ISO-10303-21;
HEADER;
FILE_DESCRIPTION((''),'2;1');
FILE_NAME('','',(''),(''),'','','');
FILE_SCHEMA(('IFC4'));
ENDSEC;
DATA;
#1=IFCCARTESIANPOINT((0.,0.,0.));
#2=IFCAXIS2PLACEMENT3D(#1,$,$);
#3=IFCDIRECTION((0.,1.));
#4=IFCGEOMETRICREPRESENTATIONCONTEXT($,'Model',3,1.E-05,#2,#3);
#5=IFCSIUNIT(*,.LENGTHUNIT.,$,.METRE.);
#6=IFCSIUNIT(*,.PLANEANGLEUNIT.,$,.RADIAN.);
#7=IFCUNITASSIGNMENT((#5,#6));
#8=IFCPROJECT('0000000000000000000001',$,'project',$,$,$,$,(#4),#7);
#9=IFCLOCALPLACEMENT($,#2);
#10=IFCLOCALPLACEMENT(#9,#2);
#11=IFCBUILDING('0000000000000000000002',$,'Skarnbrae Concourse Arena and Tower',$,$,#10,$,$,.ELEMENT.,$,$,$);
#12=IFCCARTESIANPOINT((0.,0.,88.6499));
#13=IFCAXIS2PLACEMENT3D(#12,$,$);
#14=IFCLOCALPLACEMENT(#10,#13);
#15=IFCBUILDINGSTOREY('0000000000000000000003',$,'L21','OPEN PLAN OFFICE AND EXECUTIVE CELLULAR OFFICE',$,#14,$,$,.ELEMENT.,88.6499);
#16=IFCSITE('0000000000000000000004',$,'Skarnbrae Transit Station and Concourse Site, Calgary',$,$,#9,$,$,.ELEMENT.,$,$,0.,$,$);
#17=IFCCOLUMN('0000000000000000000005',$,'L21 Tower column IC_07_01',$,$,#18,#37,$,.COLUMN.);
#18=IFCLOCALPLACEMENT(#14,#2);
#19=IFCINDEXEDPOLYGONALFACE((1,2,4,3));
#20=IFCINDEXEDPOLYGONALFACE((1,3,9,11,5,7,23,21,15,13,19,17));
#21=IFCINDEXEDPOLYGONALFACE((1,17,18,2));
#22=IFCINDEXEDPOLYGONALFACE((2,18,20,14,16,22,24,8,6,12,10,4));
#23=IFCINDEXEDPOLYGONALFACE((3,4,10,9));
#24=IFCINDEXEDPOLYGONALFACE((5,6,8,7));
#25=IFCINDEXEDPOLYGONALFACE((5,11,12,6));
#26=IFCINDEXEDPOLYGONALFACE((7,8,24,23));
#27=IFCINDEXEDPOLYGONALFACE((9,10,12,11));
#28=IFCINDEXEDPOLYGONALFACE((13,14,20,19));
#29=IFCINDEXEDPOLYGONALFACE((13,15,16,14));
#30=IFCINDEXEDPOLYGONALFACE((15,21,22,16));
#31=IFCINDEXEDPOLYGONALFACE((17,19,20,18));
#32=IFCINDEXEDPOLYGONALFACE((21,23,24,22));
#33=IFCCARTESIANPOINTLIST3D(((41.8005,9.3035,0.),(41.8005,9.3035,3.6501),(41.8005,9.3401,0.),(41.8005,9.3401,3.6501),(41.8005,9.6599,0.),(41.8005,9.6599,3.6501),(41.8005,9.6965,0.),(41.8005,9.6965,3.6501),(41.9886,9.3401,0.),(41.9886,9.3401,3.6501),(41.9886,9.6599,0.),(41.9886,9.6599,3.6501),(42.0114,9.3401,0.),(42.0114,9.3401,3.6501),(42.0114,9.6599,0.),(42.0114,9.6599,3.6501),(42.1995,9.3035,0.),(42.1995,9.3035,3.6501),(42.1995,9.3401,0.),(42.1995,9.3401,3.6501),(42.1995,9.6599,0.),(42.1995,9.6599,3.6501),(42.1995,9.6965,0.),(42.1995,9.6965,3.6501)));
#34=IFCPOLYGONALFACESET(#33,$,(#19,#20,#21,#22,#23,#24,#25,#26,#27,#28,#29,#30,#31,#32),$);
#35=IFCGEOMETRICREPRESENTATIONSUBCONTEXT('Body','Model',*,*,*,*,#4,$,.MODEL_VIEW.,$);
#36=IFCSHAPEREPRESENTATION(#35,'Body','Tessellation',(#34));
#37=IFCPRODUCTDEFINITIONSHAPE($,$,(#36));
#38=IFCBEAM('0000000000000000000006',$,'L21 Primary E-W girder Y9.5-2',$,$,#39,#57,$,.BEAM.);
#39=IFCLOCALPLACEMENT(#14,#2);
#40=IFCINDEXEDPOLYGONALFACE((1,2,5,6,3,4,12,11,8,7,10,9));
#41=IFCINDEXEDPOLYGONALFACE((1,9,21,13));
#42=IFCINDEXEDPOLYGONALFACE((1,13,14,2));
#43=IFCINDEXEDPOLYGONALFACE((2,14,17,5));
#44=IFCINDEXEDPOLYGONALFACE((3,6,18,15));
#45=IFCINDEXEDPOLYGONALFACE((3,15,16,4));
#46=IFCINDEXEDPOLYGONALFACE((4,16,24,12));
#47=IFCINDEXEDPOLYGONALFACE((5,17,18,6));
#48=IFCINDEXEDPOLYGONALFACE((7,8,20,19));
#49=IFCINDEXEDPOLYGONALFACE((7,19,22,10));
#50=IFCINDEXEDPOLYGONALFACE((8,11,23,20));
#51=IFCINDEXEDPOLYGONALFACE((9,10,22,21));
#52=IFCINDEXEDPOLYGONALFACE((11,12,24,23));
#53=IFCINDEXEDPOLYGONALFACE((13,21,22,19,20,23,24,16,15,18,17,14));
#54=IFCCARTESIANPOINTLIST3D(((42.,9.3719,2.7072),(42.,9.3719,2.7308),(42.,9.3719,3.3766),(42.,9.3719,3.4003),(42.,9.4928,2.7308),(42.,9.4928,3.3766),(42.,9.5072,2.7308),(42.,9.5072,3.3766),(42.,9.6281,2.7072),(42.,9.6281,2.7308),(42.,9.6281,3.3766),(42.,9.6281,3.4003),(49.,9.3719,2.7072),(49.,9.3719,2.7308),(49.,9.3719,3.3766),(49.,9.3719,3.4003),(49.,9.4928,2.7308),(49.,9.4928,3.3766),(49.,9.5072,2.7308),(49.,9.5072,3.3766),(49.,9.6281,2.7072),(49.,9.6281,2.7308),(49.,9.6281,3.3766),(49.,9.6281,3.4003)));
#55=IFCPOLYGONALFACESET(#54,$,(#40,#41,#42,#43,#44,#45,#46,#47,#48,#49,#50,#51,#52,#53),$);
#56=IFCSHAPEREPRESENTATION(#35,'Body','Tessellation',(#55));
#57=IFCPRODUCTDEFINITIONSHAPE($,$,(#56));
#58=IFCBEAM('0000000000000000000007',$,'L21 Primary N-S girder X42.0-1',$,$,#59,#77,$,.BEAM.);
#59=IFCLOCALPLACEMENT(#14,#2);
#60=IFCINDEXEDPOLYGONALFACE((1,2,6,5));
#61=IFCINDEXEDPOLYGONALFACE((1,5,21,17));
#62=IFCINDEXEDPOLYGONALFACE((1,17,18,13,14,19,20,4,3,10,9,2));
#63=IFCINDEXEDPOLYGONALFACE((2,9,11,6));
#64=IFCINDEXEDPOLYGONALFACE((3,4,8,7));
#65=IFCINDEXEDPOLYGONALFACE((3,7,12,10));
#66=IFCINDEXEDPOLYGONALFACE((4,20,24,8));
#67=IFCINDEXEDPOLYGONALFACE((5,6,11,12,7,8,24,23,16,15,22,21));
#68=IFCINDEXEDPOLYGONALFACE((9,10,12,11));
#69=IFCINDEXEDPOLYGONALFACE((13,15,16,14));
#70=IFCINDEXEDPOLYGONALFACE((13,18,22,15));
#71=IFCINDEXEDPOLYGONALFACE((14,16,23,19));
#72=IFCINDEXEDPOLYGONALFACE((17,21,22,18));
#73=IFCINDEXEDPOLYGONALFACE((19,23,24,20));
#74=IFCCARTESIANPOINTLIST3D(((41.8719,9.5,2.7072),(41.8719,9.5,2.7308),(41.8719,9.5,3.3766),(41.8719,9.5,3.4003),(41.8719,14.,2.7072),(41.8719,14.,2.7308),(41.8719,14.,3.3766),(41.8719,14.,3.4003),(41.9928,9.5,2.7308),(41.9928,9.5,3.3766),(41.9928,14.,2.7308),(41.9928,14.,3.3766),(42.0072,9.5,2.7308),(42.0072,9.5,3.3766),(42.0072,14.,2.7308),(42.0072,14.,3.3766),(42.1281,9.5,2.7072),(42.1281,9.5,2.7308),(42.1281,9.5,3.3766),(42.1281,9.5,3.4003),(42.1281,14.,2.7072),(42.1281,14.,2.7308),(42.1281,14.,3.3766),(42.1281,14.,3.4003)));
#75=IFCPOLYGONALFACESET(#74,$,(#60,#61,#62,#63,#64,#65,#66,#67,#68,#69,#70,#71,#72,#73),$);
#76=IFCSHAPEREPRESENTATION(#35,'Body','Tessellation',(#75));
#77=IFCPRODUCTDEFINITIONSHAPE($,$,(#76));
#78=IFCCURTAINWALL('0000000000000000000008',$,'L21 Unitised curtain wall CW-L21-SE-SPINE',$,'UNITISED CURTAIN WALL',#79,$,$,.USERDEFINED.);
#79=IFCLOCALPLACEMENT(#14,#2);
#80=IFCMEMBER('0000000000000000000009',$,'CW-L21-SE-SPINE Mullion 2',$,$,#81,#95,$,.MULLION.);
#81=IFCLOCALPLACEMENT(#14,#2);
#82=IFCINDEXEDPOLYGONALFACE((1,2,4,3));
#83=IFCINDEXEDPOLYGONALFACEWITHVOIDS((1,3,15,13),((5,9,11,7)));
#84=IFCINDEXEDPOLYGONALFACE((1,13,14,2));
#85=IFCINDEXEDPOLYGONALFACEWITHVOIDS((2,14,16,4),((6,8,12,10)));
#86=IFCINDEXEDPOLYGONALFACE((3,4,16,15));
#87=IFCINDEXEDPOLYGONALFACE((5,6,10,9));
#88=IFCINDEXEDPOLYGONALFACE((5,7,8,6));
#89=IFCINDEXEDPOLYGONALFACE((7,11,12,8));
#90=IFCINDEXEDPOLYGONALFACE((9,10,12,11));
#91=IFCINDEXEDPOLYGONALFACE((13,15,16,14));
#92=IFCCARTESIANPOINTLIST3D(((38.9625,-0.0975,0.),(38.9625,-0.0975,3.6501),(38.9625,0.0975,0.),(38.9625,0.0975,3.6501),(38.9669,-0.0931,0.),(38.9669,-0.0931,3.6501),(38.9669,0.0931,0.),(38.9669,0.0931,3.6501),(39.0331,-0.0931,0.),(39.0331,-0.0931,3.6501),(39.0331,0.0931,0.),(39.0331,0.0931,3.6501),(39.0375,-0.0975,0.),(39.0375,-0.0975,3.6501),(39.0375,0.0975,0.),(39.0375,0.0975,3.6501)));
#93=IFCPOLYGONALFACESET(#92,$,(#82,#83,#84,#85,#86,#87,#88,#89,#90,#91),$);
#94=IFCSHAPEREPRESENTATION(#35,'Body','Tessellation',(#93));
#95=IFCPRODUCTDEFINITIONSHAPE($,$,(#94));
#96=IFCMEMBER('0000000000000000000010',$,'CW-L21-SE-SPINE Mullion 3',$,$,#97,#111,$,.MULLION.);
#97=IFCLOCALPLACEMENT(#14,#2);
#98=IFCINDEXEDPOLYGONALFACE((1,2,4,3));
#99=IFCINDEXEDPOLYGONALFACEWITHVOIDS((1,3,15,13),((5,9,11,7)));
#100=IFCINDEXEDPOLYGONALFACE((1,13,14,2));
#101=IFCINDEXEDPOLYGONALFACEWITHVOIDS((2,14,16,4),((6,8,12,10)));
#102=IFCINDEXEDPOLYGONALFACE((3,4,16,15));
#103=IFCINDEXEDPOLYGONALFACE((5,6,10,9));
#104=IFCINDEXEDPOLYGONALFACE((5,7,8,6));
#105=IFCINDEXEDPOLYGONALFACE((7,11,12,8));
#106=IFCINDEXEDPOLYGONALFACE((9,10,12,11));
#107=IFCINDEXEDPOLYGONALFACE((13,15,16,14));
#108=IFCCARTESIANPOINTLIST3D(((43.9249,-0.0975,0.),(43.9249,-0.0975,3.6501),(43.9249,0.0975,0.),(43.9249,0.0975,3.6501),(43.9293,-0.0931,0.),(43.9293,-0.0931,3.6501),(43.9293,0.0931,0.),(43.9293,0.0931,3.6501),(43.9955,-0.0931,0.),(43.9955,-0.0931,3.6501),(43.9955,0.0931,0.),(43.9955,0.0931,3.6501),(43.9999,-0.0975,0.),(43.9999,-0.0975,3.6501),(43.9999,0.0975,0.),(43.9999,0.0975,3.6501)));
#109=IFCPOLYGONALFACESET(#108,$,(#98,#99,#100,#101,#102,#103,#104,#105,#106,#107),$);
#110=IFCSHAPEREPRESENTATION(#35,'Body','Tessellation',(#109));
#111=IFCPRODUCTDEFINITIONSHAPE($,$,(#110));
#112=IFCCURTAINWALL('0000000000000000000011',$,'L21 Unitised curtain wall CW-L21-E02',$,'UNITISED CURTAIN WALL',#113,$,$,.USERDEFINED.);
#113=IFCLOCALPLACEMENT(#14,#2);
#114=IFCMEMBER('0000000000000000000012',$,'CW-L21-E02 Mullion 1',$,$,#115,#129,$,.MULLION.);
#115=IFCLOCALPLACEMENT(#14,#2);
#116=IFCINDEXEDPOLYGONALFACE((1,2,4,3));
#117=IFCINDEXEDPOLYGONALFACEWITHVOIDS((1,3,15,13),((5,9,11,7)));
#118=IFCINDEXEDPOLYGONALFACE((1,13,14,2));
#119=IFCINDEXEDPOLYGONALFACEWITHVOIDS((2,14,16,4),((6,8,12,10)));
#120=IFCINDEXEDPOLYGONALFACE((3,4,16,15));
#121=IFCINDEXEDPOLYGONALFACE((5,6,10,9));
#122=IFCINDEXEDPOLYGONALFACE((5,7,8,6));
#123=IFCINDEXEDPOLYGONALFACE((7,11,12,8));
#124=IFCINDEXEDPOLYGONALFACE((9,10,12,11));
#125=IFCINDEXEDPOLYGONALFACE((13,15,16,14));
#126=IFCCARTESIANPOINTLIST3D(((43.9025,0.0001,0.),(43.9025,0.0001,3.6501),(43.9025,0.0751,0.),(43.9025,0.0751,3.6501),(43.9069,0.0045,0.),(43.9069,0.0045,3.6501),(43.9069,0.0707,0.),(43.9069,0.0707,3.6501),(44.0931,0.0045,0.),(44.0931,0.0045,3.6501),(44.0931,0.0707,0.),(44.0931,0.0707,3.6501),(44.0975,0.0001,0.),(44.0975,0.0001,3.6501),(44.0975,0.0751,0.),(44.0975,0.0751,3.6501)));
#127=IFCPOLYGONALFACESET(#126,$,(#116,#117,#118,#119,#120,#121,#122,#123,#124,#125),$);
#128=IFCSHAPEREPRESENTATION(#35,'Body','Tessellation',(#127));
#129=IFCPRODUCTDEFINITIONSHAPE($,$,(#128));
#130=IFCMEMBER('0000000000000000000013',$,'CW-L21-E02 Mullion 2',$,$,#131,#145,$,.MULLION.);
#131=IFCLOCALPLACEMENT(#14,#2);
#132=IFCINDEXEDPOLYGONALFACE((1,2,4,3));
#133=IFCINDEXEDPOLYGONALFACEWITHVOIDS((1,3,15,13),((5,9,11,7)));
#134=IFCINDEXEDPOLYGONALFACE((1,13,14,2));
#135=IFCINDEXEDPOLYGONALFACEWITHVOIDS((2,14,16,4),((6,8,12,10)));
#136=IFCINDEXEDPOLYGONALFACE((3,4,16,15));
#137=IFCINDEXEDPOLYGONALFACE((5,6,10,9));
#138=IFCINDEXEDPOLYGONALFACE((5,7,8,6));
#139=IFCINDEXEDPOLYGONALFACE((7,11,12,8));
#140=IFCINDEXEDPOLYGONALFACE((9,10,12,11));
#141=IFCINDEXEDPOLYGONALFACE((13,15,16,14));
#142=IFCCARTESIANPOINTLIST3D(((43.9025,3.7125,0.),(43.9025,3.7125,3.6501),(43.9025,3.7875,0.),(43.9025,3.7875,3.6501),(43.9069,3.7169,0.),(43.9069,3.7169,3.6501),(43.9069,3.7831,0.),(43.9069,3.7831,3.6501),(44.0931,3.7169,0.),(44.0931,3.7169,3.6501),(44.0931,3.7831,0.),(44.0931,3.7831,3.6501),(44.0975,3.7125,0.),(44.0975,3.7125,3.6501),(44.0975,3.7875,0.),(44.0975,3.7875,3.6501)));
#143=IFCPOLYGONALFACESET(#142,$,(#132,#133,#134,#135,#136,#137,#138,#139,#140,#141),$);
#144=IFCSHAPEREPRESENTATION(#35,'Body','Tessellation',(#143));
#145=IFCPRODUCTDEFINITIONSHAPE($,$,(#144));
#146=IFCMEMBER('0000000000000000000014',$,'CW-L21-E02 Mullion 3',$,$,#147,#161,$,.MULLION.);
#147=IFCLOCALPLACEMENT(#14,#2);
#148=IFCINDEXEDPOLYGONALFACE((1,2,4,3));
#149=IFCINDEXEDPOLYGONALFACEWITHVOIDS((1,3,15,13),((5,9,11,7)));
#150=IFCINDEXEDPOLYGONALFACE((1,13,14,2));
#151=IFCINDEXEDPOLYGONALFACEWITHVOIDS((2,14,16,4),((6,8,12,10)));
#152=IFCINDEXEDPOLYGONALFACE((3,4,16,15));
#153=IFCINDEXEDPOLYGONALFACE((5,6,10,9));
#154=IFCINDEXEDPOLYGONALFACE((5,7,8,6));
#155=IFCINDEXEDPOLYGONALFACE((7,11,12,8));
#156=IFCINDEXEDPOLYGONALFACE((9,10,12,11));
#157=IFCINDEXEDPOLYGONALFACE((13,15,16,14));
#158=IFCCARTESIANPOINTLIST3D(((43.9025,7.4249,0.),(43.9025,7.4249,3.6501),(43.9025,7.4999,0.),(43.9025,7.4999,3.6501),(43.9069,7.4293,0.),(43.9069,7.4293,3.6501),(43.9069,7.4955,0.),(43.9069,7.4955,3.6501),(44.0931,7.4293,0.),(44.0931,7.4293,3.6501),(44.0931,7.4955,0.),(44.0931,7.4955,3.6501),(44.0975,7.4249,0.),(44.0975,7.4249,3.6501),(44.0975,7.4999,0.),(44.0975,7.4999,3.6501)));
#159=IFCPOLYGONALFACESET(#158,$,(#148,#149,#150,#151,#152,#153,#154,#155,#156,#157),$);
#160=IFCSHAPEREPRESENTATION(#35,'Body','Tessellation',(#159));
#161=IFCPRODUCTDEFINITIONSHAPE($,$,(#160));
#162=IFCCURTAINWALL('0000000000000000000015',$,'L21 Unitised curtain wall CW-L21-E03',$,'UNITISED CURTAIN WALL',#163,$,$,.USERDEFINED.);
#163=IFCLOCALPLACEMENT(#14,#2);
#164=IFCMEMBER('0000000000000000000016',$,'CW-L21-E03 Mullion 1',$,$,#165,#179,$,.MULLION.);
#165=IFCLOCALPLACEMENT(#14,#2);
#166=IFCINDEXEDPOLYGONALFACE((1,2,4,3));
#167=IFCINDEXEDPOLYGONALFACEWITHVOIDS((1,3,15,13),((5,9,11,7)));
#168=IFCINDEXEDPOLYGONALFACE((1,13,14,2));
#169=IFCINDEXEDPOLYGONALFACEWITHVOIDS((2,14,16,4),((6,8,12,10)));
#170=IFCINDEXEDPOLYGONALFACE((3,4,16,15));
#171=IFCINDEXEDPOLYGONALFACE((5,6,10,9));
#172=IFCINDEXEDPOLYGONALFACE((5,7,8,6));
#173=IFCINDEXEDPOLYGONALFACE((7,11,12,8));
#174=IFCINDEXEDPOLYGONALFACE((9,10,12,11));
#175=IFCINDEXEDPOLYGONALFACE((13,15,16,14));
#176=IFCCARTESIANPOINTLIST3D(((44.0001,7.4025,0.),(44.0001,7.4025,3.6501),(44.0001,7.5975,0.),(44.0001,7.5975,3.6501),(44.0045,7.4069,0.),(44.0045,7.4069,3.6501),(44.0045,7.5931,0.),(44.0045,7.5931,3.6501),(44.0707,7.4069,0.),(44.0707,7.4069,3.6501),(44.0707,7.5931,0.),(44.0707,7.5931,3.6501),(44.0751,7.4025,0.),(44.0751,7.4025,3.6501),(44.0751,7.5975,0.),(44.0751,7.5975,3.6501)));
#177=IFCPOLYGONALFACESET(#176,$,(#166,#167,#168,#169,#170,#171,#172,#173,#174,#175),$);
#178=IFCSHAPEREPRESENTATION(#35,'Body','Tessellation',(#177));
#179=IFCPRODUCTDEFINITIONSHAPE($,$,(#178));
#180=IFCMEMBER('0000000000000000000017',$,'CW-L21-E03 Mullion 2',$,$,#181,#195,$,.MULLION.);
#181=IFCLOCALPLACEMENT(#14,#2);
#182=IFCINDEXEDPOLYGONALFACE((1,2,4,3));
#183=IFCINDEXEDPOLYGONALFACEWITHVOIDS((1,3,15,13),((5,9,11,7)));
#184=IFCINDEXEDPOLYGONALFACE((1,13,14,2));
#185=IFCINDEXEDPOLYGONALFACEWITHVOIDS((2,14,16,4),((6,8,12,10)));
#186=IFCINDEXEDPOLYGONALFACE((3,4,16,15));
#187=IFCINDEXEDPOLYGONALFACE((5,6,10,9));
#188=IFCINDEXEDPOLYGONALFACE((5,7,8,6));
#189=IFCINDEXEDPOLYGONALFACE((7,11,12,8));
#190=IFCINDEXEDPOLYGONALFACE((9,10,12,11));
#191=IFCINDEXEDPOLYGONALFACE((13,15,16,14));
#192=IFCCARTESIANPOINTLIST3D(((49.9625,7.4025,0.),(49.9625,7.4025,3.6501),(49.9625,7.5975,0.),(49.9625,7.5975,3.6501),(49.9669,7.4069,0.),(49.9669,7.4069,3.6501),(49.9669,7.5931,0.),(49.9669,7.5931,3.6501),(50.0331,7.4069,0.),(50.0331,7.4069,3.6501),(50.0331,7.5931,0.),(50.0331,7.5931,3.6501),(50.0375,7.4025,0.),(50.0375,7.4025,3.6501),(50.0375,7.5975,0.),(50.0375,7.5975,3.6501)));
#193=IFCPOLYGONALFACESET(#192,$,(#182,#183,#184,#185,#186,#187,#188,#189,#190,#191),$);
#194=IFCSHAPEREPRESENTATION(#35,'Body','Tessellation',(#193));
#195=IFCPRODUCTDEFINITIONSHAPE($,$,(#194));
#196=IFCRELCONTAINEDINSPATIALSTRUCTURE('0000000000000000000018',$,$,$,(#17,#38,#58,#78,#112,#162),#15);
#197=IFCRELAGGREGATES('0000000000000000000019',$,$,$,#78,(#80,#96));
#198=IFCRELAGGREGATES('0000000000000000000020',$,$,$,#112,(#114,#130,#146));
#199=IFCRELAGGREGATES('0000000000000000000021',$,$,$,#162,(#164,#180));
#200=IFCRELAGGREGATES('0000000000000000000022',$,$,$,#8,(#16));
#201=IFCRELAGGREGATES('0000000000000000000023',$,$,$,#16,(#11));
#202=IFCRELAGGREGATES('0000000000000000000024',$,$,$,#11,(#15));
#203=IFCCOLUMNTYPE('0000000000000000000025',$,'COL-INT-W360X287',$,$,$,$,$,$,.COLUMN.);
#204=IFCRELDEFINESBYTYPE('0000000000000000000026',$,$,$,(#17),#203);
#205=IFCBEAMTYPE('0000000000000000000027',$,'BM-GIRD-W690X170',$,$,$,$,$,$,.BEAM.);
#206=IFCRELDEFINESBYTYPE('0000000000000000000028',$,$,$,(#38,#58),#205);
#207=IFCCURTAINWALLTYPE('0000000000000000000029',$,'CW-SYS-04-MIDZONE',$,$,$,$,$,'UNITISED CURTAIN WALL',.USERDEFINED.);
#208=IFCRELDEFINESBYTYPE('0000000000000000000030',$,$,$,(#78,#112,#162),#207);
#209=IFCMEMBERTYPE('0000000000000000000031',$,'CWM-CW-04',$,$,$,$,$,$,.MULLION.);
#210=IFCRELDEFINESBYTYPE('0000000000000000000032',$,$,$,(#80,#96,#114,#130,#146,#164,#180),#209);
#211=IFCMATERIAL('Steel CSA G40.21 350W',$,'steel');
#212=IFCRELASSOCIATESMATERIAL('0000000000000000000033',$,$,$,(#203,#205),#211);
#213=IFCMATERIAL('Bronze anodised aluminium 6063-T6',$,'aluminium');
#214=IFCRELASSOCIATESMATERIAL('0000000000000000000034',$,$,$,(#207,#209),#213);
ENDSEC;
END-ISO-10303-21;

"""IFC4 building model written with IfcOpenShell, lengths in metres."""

from ifc_helpers import new_model, si_unit, direction, frame, origin, origin_2d, place, context, subcontext, project, spatial, hollow_rectangle, i_section, extrude, source, transform, mapped, material, material_profile, profile_set, type_object, element, aggregate, save


model = new_model("IFC4")

# Units and contexts
model_context = context("Model", 3, precision=1e-05, world=origin(), true_north=direction((0.0, 1.0)))
body_context = subcontext(model_context, "Body", "Model", "MODEL_VIEW")
ifc_project = project(units=[si_unit("LENGTHUNIT", "METRE"), si_unit("PLANEANGLEUNIT", "RADIAN")], contexts=[model_context])

# Site, building, storey
site_placement = place(None, origin())
site = spatial("IfcSite", under=ifc_project, at=site_placement, Name="Skarnbrae Transit Station and Concourse Site, Calgary", CompositionType="ELEMENT", RefElevation=0.0)
building_placement = place(site_placement, origin())
building = spatial("IfcBuilding", under=site, at=building_placement, Name="Skarnbrae Concourse Arena and Tower", CompositionType="ELEMENT")
storey_placement = place(building_placement, frame((0.0, 0.0, 88.6499)))
storey = spatial("IfcBuildingStorey", under=building, at=storey_placement, Name="L21", Description="OPEN PLAN OFFICE AND EXECUTIVE CELLULAR OFFICE", CompositionType="ELEMENT", Elevation=88.6499)

# Column
ifc_material_1 = material(Name="Steel CSA G40.21 350W", Category="steel")
ifc_material_profile_1 = material_profile(ifc_material_1, i_section(OverallWidth=0.3989, OverallDepth=0.3931, WebThickness=0.0227, FlangeThickness=0.0366, at=origin_2d()), Name="W360X287")
ifc_profile_set_1 = profile_set([ifc_material_profile_1], Name="Steel CSA G40.21 350W")
column_type = type_object("IfcColumnType", Name="COL-INT-W360X287", PredefinedType="COLUMN", material=ifc_profile_set_1)
shared_shape_1 = source(origin(), body_context, "Body", "SweptSolid", [
    extrude(i_section(OverallWidth=0.3989, OverallDepth=0.3931, WebThickness=0.0227, FlangeThickness=0.0366, at=origin_2d()), origin(), (0.0, 0.0, 1.0), 3.6501),
])
column_placement = place(storey_placement, frame((42.0, 9.5, 0.0), z_axis=(0.0, 0.0, 1.0), x_axis=(1.0, 0.0, 0.0)))
element("IfcColumn", 1, at=column_placement, inside=storey, type_object=column_type, Name="L21 Tower column IC_07_01", PredefinedType="COLUMN", context=body_context, shape_type="MappedRepresentation", body=[
    mapped(shared_shape_1, transform((0.0, 0.0, 0.0))),
])

# Beams
ifc_material_profile_2 = material_profile(ifc_material_1, i_section(OverallWidth=0.2561, OverallDepth=0.6931, WebThickness=0.0144, FlangeThickness=0.0237, at=origin_2d()), Name="W690X170")
ifc_profile_set_2 = profile_set([ifc_material_profile_2], Name="Steel CSA G40.21 350W")
beam_type = type_object("IfcBeamType", Name="BM-GIRD-W690X170", PredefinedType="BEAM", material=ifc_profile_set_2)
shared_shape_2 = source(origin(), body_context, "Body", "SweptSolid", [
    extrude(i_section(OverallWidth=0.2561, OverallDepth=0.6931, WebThickness=0.0144, FlangeThickness=0.0237, at=origin_2d()), origin(), (0.0, 0.0, 1.0), 7.0),
])
beam_1_placement = place(storey_placement, frame((42.0, 9.5, 3.0537), z_axis=(1.0, 0.0, 0.0), x_axis=(0.0, 1.0, 0.0)))
element("IfcBeam", 2, at=beam_1_placement, inside=storey, type_object=beam_type, Name="L21 Primary E-W girder Y9.5-2", PredefinedType="BEAM", context=body_context, shape_type="MappedRepresentation", body=[
    mapped(shared_shape_2, transform((0.0, 0.0, 0.0))),
])
shared_shape_3 = source(origin(), body_context, "Body", "SweptSolid", [
    extrude(i_section(OverallWidth=0.2561, OverallDepth=0.6931, WebThickness=0.0144, FlangeThickness=0.0237, at=origin_2d()), origin(), (0.0, 0.0, 1.0), 4.5),
])
beam_2_placement = place(storey_placement, frame((42.0, 9.5, 3.0537), z_axis=(0.0, 1.0, 0.0), x_axis=(-1.0, 0.0, 0.0)))
element("IfcBeam", 3, at=beam_2_placement, inside=storey, type_object=beam_type, Name="L21 Primary N-S girder X42.0-1", PredefinedType="BEAM", context=body_context, shape_type="MappedRepresentation", body=[
    mapped(shared_shape_3, transform((0.0, 0.0, 0.0))),
])

# Curtain walls, members
ifc_material_2 = material(Name="Bronze anodised aluminium 6063-T6", Category="aluminium")
curtain_wall_type = type_object("IfcCurtainWallType", Name="CW-SYS-04-MIDZONE", ElementType="UNITISED CURTAIN WALL", PredefinedType="USERDEFINED", material=ifc_material_2)
curtain_wall_1_placement = place(storey_placement, origin())
curtain_wall_1 = element("IfcCurtainWall", 4, at=curtain_wall_1_placement, inside=storey, type_object=curtain_wall_type, Name="L21 Unitised curtain wall CW-L21-SE-SPINE", ObjectType="UNITISED CURTAIN WALL", PredefinedType="USERDEFINED")
ifc_material_profile_3 = material_profile(ifc_material_2, hollow_rectangle(XDim=0.075, YDim=0.1951, WallThickness=0.0044, at=origin_2d()), Name="ALU-MULL-75X195")
ifc_profile_set_3 = profile_set([ifc_material_profile_3], Name="Bronze anodised aluminium 6063-T6")
member_type_1 = type_object("IfcMemberType", Name="CWM-CW-04", PredefinedType="MULLION", material=ifc_profile_set_3)
shared_shape_4 = source(origin(), body_context, "Body", "SweptSolid", [
    extrude(hollow_rectangle(XDim=0.075, YDim=0.1951, WallThickness=0.0044, at=origin_2d()), origin(), (0.0, 0.0, 1.0), 3.6501),
])
member_1_placement = place(storey_placement, frame((39.0, 0.0, 0.0), z_axis=(0.0, 0.0, 1.0), x_axis=(1.0, 0.0, 0.0)))
member_1 = element("IfcMember", 5, at=member_1_placement, type_object=member_type_1, Name="CW-L21-SE-SPINE Mullion 2", PredefinedType="MULLION", context=body_context, shape_type="MappedRepresentation", body=[
    mapped(shared_shape_4, transform((0.0, 0.0, 0.0))),
])
member_2_placement = place(storey_placement, frame((43.9624, 0.0, 0.0), z_axis=(0.0, 0.0, 1.0), x_axis=(1.0, 0.0, 0.0)))
member_2 = element("IfcMember", 6, at=member_2_placement, type_object=member_type_1, Name="CW-L21-SE-SPINE Mullion 3", PredefinedType="MULLION", context=body_context, shape_type="MappedRepresentation", body=[
    mapped(shared_shape_4, transform((0.0, 0.0, 0.0))),
])
curtain_wall_2_placement = place(storey_placement, origin())
curtain_wall_2 = element("IfcCurtainWall", 7, at=curtain_wall_2_placement, inside=storey, type_object=curtain_wall_type, Name="L21 Unitised curtain wall CW-L21-E02", ObjectType="UNITISED CURTAIN WALL", PredefinedType="USERDEFINED")
member_3_placement = place(storey_placement, frame((44.0, 0.0376, 0.0), z_axis=(0.0, 0.0, 1.0), x_axis=(0.0, 1.0, 0.0)))
member_3 = element("IfcMember", 8, at=member_3_placement, type_object=member_type_1, Name="CW-L21-E02 Mullion 1", PredefinedType="MULLION", context=body_context, shape_type="MappedRepresentation", body=[
    mapped(shared_shape_4, transform((0.0, 0.0, 0.0))),
])
member_4_placement = place(storey_placement, frame((44.0, 3.75, 0.0), z_axis=(0.0, 0.0, 1.0), x_axis=(0.0, 1.0, 0.0)))
member_4 = element("IfcMember", 9, at=member_4_placement, type_object=member_type_1, Name="CW-L21-E02 Mullion 2", PredefinedType="MULLION", context=body_context, shape_type="MappedRepresentation", body=[
    mapped(shared_shape_4, transform((0.0, 0.0, 0.0))),
])
member_5_placement = place(storey_placement, frame((44.0, 7.4624, 0.0), z_axis=(0.0, 0.0, 1.0), x_axis=(0.0, 1.0, 0.0)))
member_5 = element("IfcMember", 10, at=member_5_placement, type_object=member_type_1, Name="CW-L21-E02 Mullion 3", PredefinedType="MULLION", context=body_context, shape_type="MappedRepresentation", body=[
    mapped(shared_shape_4, transform((0.0, 0.0, 0.0))),
])
curtain_wall_3_placement = place(storey_placement, origin())
curtain_wall_3 = element("IfcCurtainWall", 11, at=curtain_wall_3_placement, inside=storey, type_object=curtain_wall_type, Name="L21 Unitised curtain wall CW-L21-E03", ObjectType="UNITISED CURTAIN WALL", PredefinedType="USERDEFINED")
member_6_placement = place(storey_placement, frame((44.0376, 7.5, 0.0), z_axis=(0.0, 0.0, 1.0), x_axis=(1.0, 0.0, 0.0)))
member_6 = element("IfcMember", 12, at=member_6_placement, type_object=member_type_1, Name="CW-L21-E03 Mullion 1", PredefinedType="MULLION", context=body_context, shape_type="MappedRepresentation", body=[
    mapped(shared_shape_4, transform((0.0, 0.0, 0.0))),
])
member_7_placement = place(storey_placement, frame((50.0, 7.5, 0.0), z_axis=(0.0, 0.0, 1.0), x_axis=(1.0, 0.0, 0.0)))
member_7 = element("IfcMember", 13, at=member_7_placement, type_object=member_type_1, Name="CW-L21-E03 Mullion 2", PredefinedType="MULLION", context=body_context, shape_type="MappedRepresentation", body=[
    mapped(shared_shape_4, transform((0.0, 0.0, 0.0))),
])

aggregate(curtain_wall_1, [member_1, member_2])
aggregate(curtain_wall_2, [member_3, member_4, member_5])
aggregate(curtain_wall_3, [member_6, member_7])

save(model, "model.ifc")
